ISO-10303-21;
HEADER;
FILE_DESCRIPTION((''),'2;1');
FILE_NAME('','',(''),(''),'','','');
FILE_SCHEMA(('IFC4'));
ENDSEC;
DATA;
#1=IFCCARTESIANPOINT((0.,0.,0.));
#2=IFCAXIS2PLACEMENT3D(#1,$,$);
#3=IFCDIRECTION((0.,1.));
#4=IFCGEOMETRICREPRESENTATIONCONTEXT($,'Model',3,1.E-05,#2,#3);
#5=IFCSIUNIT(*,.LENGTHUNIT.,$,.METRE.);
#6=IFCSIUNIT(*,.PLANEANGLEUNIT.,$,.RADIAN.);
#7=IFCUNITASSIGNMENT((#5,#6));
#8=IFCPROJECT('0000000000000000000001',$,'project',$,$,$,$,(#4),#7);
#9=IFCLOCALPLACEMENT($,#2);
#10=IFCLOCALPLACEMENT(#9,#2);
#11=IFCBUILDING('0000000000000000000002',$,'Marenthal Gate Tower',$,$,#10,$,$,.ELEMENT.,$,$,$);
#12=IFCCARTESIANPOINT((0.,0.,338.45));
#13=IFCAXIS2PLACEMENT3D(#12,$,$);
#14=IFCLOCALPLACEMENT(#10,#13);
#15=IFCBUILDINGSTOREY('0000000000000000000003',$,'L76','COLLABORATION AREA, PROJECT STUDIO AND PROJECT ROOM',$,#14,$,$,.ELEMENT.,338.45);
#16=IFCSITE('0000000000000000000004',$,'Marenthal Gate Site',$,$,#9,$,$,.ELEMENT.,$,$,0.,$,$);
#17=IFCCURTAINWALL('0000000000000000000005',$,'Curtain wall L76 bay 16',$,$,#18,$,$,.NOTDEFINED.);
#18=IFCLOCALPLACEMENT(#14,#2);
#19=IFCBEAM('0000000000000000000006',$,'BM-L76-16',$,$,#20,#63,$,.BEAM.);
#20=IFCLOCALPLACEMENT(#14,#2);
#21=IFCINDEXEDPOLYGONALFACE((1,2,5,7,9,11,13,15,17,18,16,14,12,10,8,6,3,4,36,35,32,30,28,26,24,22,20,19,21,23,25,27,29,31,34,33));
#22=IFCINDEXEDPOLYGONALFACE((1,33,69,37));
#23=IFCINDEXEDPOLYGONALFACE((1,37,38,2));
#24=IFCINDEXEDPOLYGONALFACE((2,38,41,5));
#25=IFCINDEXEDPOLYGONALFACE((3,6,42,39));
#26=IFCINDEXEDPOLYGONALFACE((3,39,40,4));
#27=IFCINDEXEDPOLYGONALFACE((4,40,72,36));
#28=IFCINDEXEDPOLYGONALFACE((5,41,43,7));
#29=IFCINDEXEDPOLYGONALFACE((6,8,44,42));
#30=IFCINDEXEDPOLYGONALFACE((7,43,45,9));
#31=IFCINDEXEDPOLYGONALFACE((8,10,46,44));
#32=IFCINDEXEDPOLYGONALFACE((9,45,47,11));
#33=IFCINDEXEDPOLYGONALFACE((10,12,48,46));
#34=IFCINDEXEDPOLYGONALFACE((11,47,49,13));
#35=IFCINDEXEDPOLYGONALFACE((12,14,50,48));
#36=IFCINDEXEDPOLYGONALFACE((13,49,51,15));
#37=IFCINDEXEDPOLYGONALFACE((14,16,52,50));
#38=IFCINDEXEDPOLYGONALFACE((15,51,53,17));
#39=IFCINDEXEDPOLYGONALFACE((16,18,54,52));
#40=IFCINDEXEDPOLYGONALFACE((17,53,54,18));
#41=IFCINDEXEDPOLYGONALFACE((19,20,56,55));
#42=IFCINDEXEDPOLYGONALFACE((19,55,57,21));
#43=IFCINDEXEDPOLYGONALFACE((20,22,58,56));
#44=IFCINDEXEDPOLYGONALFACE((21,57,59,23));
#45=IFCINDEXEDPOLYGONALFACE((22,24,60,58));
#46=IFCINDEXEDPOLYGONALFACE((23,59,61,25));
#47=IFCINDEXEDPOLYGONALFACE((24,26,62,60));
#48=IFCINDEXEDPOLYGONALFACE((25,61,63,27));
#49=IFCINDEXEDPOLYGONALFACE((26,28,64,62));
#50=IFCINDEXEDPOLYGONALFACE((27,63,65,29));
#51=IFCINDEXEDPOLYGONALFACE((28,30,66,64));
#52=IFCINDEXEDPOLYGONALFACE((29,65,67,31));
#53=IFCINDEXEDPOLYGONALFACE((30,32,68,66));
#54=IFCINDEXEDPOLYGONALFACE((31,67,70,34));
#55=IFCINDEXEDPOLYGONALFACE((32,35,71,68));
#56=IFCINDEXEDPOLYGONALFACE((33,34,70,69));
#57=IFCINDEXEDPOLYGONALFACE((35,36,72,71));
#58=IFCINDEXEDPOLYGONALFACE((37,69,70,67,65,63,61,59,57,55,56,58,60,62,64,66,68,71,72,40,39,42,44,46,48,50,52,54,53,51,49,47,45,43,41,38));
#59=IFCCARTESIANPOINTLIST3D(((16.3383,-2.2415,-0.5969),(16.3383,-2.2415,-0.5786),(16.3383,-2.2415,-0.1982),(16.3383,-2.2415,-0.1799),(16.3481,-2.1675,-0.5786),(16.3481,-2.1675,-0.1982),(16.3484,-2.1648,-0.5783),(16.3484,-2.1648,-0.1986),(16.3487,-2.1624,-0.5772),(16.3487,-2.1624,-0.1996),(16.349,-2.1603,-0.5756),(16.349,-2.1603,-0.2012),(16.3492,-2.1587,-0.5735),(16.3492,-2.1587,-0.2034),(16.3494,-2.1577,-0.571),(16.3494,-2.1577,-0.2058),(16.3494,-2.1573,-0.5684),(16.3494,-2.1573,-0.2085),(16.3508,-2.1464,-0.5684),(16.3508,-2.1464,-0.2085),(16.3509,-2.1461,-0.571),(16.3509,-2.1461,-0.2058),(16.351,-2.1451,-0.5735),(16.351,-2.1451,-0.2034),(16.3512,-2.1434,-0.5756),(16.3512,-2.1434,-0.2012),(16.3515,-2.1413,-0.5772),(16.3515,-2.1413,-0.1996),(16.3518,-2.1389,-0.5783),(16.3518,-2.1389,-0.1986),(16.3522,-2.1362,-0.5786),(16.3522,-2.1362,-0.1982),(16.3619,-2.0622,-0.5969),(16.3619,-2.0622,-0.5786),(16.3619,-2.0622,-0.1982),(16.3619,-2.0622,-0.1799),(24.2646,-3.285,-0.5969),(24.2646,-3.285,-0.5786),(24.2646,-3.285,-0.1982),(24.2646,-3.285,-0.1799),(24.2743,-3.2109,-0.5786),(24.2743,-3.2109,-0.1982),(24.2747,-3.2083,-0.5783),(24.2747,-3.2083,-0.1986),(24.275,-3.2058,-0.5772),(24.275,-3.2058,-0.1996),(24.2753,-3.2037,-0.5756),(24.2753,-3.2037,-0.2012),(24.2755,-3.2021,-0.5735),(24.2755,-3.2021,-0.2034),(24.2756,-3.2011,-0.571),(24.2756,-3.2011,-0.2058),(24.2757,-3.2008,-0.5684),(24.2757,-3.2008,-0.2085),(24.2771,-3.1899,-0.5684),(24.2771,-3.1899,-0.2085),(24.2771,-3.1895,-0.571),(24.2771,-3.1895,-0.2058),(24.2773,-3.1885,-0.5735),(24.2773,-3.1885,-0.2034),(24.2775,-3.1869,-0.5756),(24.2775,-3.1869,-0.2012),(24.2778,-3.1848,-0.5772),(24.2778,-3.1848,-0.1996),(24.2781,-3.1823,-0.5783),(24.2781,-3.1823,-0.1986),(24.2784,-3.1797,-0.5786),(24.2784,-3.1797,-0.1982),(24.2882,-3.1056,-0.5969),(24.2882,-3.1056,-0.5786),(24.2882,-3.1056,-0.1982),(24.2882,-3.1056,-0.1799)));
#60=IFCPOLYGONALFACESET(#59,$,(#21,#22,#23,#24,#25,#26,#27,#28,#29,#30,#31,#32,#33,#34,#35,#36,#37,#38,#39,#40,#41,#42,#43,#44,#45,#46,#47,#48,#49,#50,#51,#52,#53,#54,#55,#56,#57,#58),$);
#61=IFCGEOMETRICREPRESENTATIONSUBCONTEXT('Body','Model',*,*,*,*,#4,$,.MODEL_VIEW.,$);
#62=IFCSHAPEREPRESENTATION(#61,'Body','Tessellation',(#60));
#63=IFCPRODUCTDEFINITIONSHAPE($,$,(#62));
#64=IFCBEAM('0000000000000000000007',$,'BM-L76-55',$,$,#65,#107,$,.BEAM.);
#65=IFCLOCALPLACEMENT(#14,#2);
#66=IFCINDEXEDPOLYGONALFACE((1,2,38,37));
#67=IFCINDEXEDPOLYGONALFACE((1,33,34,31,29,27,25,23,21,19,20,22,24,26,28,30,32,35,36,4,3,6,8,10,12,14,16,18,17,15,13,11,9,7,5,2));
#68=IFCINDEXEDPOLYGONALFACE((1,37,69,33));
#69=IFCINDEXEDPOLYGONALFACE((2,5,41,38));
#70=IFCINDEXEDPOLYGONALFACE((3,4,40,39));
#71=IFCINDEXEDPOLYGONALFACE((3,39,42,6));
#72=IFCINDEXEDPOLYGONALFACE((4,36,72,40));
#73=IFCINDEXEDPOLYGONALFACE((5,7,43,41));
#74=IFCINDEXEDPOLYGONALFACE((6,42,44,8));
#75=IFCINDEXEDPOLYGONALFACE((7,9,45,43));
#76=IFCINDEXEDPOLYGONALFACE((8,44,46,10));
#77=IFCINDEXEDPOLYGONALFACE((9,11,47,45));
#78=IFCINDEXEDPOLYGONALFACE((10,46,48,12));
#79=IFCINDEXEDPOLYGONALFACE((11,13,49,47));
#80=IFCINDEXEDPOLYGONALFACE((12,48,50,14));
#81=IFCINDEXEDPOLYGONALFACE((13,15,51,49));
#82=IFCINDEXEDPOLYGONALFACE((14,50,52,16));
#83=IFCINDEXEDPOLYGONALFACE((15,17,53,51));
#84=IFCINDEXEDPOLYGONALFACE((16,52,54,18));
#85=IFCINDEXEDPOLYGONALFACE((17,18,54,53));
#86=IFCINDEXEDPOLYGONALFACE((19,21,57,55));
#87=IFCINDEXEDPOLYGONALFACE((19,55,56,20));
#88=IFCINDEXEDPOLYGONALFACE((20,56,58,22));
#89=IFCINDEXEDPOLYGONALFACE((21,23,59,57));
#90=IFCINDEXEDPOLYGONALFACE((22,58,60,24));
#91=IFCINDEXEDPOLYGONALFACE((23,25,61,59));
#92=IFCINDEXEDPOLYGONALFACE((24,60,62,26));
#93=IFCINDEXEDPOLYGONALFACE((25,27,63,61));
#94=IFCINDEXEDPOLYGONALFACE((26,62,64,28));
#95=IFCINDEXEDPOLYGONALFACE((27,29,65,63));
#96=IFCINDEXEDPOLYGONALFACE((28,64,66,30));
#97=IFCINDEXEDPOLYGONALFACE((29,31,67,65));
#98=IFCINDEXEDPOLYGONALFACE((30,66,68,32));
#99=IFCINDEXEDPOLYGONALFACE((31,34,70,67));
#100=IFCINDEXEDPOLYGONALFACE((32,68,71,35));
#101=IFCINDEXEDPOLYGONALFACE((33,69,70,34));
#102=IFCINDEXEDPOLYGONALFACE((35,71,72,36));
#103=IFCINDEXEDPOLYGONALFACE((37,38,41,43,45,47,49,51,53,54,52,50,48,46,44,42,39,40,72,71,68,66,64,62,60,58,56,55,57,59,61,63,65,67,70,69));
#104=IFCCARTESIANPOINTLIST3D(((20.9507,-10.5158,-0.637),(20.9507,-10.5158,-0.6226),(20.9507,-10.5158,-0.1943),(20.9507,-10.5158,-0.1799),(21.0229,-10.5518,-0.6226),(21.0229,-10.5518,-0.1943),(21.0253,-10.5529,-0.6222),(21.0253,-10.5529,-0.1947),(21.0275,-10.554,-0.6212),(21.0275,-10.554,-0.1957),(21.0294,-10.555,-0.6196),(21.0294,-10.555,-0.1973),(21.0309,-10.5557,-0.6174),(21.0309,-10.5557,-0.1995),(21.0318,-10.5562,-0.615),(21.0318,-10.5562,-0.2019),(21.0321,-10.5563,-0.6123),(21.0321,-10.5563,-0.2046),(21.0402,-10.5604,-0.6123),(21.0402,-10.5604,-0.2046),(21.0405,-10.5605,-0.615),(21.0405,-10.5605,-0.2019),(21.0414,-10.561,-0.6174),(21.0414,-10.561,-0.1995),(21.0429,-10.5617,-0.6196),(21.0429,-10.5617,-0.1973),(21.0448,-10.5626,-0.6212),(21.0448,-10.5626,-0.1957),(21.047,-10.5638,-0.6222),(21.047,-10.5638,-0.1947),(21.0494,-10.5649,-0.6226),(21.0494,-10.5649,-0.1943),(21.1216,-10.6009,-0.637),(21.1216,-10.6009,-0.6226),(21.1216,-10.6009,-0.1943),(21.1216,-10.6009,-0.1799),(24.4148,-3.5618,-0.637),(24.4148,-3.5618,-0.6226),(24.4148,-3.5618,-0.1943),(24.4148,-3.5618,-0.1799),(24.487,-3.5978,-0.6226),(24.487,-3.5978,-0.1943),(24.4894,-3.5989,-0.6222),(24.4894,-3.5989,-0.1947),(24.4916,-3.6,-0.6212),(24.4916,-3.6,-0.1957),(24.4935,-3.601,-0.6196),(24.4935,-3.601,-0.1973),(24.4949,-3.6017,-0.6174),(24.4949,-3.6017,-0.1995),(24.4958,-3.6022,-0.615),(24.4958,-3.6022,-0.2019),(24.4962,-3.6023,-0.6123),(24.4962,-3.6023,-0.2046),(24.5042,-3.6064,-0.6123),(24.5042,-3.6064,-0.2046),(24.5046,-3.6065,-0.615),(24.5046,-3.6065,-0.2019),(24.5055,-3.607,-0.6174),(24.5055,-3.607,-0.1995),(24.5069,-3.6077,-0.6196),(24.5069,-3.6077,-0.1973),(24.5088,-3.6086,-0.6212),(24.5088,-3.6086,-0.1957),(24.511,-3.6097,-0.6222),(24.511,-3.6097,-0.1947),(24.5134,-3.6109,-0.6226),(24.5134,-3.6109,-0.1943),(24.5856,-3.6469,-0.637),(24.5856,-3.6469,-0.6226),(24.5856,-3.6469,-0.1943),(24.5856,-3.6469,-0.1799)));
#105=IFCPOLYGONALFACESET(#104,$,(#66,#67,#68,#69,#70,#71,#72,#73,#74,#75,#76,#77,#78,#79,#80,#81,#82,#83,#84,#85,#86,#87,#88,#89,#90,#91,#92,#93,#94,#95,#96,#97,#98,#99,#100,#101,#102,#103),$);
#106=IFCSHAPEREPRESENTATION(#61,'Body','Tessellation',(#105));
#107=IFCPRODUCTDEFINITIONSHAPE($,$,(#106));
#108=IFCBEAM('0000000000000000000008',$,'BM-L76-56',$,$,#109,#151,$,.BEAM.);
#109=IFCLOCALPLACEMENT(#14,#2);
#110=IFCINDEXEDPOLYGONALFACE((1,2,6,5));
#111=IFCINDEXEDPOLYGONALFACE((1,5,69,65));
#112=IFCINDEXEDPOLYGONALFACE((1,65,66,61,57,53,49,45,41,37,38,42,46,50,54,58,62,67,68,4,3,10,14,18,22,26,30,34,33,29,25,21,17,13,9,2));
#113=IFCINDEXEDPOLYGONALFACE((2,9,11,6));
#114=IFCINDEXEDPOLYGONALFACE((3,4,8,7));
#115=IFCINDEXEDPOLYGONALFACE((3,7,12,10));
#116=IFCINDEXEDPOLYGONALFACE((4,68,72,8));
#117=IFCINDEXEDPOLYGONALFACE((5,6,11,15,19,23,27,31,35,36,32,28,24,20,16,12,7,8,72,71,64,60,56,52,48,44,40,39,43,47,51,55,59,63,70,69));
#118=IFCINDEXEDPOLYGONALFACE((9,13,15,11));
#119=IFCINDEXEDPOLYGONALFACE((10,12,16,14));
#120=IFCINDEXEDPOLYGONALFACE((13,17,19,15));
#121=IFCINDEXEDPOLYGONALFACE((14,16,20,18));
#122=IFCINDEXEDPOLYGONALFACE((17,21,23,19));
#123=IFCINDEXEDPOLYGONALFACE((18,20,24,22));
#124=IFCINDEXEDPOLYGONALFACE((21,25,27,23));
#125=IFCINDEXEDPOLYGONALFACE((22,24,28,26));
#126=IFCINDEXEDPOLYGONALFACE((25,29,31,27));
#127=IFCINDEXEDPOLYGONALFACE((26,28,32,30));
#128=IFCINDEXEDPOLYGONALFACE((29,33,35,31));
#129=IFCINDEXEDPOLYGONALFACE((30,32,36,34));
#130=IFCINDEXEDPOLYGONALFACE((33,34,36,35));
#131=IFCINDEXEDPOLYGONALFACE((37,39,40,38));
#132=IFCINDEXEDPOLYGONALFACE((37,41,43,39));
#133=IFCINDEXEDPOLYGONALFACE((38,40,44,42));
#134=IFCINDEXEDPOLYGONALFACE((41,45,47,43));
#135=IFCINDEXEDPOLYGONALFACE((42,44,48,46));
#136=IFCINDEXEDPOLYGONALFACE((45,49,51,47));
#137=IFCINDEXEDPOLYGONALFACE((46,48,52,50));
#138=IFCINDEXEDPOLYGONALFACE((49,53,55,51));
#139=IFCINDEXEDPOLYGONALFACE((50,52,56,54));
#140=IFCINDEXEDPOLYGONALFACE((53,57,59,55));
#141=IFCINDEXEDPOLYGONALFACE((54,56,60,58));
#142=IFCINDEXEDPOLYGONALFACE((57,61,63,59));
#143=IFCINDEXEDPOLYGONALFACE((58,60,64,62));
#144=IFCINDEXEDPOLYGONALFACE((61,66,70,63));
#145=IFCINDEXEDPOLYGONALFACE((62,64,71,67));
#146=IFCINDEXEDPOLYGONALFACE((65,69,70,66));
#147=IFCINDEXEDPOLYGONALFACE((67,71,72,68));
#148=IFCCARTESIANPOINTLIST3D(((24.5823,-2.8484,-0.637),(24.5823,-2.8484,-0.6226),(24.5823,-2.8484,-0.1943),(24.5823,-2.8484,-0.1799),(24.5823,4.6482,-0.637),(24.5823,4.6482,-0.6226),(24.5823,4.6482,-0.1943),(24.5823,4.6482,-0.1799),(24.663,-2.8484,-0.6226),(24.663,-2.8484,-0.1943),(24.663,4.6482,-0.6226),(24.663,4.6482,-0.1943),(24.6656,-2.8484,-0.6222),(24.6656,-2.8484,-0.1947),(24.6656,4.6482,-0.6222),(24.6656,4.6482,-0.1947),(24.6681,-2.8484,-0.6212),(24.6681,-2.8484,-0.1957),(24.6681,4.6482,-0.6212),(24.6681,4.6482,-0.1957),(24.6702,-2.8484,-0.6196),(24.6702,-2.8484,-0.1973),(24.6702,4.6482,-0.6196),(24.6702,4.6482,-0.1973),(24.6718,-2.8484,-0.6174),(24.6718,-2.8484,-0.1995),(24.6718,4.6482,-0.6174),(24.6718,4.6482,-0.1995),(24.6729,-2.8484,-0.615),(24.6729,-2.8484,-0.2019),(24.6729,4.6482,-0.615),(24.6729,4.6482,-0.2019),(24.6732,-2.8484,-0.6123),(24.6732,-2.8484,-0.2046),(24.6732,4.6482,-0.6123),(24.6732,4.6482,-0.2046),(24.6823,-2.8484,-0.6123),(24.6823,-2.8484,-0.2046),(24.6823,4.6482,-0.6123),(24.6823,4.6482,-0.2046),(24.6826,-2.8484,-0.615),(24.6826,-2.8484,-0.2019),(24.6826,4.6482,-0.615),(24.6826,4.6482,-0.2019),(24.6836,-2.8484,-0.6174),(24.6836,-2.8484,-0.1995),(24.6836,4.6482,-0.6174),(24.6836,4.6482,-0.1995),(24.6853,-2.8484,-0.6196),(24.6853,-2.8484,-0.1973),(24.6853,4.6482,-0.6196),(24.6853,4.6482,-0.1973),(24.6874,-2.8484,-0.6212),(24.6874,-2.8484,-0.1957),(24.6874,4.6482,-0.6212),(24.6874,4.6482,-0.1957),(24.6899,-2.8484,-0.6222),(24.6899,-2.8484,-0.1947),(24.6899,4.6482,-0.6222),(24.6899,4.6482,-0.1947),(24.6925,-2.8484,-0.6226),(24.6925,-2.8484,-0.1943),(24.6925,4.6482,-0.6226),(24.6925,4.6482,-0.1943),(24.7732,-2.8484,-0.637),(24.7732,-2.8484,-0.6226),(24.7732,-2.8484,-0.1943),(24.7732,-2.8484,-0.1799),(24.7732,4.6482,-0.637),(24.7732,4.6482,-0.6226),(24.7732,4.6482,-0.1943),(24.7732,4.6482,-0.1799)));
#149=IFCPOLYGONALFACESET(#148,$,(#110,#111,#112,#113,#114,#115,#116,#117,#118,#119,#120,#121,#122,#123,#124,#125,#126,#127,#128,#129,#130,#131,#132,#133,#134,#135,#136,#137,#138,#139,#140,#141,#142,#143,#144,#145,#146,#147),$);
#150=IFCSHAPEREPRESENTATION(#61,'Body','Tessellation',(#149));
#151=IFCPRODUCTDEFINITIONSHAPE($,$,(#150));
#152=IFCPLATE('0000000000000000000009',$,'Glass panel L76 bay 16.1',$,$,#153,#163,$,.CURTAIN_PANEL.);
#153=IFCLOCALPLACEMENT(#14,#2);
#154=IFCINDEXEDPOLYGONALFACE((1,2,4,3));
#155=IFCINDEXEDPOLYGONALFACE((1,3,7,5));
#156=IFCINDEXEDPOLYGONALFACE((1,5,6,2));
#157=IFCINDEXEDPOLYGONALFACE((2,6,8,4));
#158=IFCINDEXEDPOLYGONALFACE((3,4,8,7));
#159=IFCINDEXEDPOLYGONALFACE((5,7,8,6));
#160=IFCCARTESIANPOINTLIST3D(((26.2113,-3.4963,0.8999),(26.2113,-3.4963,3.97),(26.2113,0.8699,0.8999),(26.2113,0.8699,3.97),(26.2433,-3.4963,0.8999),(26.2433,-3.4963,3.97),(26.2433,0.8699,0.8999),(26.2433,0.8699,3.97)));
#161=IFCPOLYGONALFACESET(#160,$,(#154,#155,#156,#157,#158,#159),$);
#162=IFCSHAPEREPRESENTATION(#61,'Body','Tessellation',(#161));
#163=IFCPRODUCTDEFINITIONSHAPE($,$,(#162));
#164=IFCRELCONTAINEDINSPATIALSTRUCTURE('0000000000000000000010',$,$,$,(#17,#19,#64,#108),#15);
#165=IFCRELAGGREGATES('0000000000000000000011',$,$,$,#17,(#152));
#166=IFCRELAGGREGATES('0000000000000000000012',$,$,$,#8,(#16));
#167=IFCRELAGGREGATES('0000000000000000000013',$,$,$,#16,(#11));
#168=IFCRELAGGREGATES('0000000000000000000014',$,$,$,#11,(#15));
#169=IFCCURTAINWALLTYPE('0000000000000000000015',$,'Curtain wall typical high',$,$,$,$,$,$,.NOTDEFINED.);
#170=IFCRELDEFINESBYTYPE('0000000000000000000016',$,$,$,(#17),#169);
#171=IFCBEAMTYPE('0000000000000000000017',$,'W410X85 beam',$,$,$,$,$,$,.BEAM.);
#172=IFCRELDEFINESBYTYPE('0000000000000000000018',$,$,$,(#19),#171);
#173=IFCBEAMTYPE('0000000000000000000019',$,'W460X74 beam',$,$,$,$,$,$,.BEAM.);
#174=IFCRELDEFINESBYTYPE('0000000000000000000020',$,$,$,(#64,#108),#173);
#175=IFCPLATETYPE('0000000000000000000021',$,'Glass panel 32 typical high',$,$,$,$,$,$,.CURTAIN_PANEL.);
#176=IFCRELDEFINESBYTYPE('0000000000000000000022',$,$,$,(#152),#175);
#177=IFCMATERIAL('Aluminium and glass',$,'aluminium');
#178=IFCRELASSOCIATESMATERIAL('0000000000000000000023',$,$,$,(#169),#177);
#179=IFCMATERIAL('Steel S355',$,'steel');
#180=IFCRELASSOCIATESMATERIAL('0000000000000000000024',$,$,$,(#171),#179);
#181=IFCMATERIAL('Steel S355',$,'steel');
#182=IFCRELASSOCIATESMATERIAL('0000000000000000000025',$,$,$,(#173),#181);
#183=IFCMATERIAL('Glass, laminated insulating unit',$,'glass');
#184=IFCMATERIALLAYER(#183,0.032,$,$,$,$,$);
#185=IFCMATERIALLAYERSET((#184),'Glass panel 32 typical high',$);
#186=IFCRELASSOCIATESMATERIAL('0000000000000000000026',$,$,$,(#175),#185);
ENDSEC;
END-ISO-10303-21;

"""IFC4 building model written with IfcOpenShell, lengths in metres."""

from ifc_helpers import new_model, si_unit, direction, frame, origin, origin_2d, place, context, subcontext, project, spatial, rectangle, i_section, extrude, material, layer, layer_set, material_profile, profile_set, type_object, element, aggregate, save


model = new_model("IFC4")

# Units and contexts
model_context = context("Model", 3, precision=1e-05, world=origin(), true_north=direction((0.0, 1.0)))
body_context = subcontext(model_context, "Body", "Model", "MODEL_VIEW")
ifc_project = project(units=[si_unit("LENGTHUNIT", "METRE"), si_unit("PLANEANGLEUNIT", "RADIAN")], contexts=[model_context])

# Site, building, storey
site_placement = place(None, origin())
site = spatial("IfcSite", under=ifc_project, at=site_placement, Name="Marenthal Gate Site", CompositionType="ELEMENT", RefElevation=0.0)
building_placement = place(site_placement, origin())
building = spatial("IfcBuilding", under=site, at=building_placement, Name="Marenthal Gate Tower", CompositionType="ELEMENT")
storey_placement = place(building_placement, frame((0.0, 0.0, 338.45)))
storey = spatial("IfcBuildingStorey", under=building, at=storey_placement, Name="L76", Description="COLLABORATION AREA, PROJECT STUDIO AND PROJECT ROOM", CompositionType="ELEMENT", Elevation=338.45)

# Curtain wall
ifc_material_1 = material(Name="Aluminium and glass", Category="aluminium")
curtain_wall_type = type_object("IfcCurtainWallType", Name="Curtain wall typical high", PredefinedType="NOTDEFINED", material=ifc_material_1)
curtain_wall_placement = place(storey_placement, origin())
curtain_wall = element("IfcCurtainWall", 1, at=curtain_wall_placement, inside=storey, type_object=curtain_wall_type, Name="Curtain wall L76 bay 16", PredefinedType="NOTDEFINED")

# Beams
ifc_material_2 = material(Name="Steel S355", Category="steel")
ifc_material_profile_1 = material_profile(ifc_material_2, i_section(OverallWidth=0.1809, OverallDepth=0.417, WebThickness=0.011, FlangeThickness=0.0183, FilletRadius=0.0103, at=origin_2d()), Name="W410X85")
ifc_profile_set_1 = profile_set([ifc_material_profile_1], Name="Steel S355")
beam_type_1 = type_object("IfcBeamType", Name="W410X85 beam", PredefinedType="BEAM", material=ifc_profile_set_1)
beam_1_placement = place(storey_placement, frame((24.2764, -3.1953, -0.3884), z_axis=(-0.991446, 0.130519, 0.0), x_axis=(-0.130519, -0.991446, 0.0)))
element("IfcBeam", 2, at=beam_1_placement, inside=storey, type_object=beam_type_1, Name="BM-L76-16", PredefinedType="BEAM", context=body_context, shape_type="SweptSolid", body=[
    extrude(i_section(OverallWidth=0.1809, OverallDepth=0.417, WebThickness=0.011, FlangeThickness=0.0183, FilletRadius=0.0103, at=origin_2d()), origin(), (0.0, 0.0, 1.0), 7.9946),
])
ifc_material_3 = material(Name="Steel S355", Category="steel")
ifc_material_profile_2 = material_profile(ifc_material_3, i_section(OverallWidth=0.1909, OverallDepth=0.457, WebThickness=0.009, FlangeThickness=0.0144, FilletRadius=0.0103, at=origin_2d()), Name="W460X74")
ifc_profile_set_2 = profile_set([ifc_material_profile_2], Name="Steel S355")
beam_type_2 = type_object("IfcBeamType", Name="W460X74 beam", PredefinedType="BEAM", material=ifc_profile_set_2)
beam_2_placement = place(storey_placement, frame((21.0361, -10.5583, -0.4084), z_axis=(0.445881, 0.895092, 0.0), x_axis=(-0.895092, 0.445881, 0.0)))
element("IfcBeam", 3, at=beam_2_placement, inside=storey, type_object=beam_type_2, Name="BM-L76-55", PredefinedType="BEAM", context=body_context, shape_type="SweptSolid", body=[
    extrude(i_section(OverallWidth=0.1909, OverallDepth=0.457, WebThickness=0.009, FlangeThickness=0.0144, FilletRadius=0.0103, at=origin_2d()), origin(), (0.0, 0.0, 1.0), 7.769),
])
beam_3_placement = place(storey_placement, frame((24.6777, -2.8484, -0.4084), z_axis=(0.0, 1.0, 0.0), x_axis=(-1.0, 0.0, 0.0)))
element("IfcBeam", 4, at=beam_3_placement, inside=storey, type_object=beam_type_2, Name="BM-L76-56", PredefinedType="BEAM", context=body_context, shape_type="SweptSolid", body=[
    extrude(i_section(OverallWidth=0.1909, OverallDepth=0.457, WebThickness=0.009, FlangeThickness=0.0144, FilletRadius=0.0103, at=origin_2d()), origin(), (0.0, 0.0, 1.0), 7.4966),
])

# Plate
ifc_material_4 = material(Name="Glass, laminated insulating unit", Category="glass")
ifc_layer_1 = layer(ifc_material_4, 0.032)
ifc_layer_set_1 = layer_set([ifc_layer_1], Name="Glass panel 32 typical high")
plate_type = type_object("IfcPlateType", Name="Glass panel 32 typical high", PredefinedType="CURTAIN_PANEL", material=ifc_layer_set_1)
plate_placement = place(storey_placement, frame((26.2273, -1.3132, 0.8999), z_axis=(0.0, 0.0, 1.0), x_axis=(0.0, 1.0, 0.0)))
plate = element("IfcPlate", 5, at=plate_placement, type_object=plate_type, Name="Glass panel L76 bay 16.1", PredefinedType="CURTAIN_PANEL", context=body_context, shape_type="SweptSolid", body=[
    extrude(rectangle(XDim=4.3662, YDim=0.032, at=origin_2d()), origin(), (0.0, 0.0, 1.0), 3.0701),
])
aggregate(curtain_wall, [plate])

save(model, "model.ifc")
